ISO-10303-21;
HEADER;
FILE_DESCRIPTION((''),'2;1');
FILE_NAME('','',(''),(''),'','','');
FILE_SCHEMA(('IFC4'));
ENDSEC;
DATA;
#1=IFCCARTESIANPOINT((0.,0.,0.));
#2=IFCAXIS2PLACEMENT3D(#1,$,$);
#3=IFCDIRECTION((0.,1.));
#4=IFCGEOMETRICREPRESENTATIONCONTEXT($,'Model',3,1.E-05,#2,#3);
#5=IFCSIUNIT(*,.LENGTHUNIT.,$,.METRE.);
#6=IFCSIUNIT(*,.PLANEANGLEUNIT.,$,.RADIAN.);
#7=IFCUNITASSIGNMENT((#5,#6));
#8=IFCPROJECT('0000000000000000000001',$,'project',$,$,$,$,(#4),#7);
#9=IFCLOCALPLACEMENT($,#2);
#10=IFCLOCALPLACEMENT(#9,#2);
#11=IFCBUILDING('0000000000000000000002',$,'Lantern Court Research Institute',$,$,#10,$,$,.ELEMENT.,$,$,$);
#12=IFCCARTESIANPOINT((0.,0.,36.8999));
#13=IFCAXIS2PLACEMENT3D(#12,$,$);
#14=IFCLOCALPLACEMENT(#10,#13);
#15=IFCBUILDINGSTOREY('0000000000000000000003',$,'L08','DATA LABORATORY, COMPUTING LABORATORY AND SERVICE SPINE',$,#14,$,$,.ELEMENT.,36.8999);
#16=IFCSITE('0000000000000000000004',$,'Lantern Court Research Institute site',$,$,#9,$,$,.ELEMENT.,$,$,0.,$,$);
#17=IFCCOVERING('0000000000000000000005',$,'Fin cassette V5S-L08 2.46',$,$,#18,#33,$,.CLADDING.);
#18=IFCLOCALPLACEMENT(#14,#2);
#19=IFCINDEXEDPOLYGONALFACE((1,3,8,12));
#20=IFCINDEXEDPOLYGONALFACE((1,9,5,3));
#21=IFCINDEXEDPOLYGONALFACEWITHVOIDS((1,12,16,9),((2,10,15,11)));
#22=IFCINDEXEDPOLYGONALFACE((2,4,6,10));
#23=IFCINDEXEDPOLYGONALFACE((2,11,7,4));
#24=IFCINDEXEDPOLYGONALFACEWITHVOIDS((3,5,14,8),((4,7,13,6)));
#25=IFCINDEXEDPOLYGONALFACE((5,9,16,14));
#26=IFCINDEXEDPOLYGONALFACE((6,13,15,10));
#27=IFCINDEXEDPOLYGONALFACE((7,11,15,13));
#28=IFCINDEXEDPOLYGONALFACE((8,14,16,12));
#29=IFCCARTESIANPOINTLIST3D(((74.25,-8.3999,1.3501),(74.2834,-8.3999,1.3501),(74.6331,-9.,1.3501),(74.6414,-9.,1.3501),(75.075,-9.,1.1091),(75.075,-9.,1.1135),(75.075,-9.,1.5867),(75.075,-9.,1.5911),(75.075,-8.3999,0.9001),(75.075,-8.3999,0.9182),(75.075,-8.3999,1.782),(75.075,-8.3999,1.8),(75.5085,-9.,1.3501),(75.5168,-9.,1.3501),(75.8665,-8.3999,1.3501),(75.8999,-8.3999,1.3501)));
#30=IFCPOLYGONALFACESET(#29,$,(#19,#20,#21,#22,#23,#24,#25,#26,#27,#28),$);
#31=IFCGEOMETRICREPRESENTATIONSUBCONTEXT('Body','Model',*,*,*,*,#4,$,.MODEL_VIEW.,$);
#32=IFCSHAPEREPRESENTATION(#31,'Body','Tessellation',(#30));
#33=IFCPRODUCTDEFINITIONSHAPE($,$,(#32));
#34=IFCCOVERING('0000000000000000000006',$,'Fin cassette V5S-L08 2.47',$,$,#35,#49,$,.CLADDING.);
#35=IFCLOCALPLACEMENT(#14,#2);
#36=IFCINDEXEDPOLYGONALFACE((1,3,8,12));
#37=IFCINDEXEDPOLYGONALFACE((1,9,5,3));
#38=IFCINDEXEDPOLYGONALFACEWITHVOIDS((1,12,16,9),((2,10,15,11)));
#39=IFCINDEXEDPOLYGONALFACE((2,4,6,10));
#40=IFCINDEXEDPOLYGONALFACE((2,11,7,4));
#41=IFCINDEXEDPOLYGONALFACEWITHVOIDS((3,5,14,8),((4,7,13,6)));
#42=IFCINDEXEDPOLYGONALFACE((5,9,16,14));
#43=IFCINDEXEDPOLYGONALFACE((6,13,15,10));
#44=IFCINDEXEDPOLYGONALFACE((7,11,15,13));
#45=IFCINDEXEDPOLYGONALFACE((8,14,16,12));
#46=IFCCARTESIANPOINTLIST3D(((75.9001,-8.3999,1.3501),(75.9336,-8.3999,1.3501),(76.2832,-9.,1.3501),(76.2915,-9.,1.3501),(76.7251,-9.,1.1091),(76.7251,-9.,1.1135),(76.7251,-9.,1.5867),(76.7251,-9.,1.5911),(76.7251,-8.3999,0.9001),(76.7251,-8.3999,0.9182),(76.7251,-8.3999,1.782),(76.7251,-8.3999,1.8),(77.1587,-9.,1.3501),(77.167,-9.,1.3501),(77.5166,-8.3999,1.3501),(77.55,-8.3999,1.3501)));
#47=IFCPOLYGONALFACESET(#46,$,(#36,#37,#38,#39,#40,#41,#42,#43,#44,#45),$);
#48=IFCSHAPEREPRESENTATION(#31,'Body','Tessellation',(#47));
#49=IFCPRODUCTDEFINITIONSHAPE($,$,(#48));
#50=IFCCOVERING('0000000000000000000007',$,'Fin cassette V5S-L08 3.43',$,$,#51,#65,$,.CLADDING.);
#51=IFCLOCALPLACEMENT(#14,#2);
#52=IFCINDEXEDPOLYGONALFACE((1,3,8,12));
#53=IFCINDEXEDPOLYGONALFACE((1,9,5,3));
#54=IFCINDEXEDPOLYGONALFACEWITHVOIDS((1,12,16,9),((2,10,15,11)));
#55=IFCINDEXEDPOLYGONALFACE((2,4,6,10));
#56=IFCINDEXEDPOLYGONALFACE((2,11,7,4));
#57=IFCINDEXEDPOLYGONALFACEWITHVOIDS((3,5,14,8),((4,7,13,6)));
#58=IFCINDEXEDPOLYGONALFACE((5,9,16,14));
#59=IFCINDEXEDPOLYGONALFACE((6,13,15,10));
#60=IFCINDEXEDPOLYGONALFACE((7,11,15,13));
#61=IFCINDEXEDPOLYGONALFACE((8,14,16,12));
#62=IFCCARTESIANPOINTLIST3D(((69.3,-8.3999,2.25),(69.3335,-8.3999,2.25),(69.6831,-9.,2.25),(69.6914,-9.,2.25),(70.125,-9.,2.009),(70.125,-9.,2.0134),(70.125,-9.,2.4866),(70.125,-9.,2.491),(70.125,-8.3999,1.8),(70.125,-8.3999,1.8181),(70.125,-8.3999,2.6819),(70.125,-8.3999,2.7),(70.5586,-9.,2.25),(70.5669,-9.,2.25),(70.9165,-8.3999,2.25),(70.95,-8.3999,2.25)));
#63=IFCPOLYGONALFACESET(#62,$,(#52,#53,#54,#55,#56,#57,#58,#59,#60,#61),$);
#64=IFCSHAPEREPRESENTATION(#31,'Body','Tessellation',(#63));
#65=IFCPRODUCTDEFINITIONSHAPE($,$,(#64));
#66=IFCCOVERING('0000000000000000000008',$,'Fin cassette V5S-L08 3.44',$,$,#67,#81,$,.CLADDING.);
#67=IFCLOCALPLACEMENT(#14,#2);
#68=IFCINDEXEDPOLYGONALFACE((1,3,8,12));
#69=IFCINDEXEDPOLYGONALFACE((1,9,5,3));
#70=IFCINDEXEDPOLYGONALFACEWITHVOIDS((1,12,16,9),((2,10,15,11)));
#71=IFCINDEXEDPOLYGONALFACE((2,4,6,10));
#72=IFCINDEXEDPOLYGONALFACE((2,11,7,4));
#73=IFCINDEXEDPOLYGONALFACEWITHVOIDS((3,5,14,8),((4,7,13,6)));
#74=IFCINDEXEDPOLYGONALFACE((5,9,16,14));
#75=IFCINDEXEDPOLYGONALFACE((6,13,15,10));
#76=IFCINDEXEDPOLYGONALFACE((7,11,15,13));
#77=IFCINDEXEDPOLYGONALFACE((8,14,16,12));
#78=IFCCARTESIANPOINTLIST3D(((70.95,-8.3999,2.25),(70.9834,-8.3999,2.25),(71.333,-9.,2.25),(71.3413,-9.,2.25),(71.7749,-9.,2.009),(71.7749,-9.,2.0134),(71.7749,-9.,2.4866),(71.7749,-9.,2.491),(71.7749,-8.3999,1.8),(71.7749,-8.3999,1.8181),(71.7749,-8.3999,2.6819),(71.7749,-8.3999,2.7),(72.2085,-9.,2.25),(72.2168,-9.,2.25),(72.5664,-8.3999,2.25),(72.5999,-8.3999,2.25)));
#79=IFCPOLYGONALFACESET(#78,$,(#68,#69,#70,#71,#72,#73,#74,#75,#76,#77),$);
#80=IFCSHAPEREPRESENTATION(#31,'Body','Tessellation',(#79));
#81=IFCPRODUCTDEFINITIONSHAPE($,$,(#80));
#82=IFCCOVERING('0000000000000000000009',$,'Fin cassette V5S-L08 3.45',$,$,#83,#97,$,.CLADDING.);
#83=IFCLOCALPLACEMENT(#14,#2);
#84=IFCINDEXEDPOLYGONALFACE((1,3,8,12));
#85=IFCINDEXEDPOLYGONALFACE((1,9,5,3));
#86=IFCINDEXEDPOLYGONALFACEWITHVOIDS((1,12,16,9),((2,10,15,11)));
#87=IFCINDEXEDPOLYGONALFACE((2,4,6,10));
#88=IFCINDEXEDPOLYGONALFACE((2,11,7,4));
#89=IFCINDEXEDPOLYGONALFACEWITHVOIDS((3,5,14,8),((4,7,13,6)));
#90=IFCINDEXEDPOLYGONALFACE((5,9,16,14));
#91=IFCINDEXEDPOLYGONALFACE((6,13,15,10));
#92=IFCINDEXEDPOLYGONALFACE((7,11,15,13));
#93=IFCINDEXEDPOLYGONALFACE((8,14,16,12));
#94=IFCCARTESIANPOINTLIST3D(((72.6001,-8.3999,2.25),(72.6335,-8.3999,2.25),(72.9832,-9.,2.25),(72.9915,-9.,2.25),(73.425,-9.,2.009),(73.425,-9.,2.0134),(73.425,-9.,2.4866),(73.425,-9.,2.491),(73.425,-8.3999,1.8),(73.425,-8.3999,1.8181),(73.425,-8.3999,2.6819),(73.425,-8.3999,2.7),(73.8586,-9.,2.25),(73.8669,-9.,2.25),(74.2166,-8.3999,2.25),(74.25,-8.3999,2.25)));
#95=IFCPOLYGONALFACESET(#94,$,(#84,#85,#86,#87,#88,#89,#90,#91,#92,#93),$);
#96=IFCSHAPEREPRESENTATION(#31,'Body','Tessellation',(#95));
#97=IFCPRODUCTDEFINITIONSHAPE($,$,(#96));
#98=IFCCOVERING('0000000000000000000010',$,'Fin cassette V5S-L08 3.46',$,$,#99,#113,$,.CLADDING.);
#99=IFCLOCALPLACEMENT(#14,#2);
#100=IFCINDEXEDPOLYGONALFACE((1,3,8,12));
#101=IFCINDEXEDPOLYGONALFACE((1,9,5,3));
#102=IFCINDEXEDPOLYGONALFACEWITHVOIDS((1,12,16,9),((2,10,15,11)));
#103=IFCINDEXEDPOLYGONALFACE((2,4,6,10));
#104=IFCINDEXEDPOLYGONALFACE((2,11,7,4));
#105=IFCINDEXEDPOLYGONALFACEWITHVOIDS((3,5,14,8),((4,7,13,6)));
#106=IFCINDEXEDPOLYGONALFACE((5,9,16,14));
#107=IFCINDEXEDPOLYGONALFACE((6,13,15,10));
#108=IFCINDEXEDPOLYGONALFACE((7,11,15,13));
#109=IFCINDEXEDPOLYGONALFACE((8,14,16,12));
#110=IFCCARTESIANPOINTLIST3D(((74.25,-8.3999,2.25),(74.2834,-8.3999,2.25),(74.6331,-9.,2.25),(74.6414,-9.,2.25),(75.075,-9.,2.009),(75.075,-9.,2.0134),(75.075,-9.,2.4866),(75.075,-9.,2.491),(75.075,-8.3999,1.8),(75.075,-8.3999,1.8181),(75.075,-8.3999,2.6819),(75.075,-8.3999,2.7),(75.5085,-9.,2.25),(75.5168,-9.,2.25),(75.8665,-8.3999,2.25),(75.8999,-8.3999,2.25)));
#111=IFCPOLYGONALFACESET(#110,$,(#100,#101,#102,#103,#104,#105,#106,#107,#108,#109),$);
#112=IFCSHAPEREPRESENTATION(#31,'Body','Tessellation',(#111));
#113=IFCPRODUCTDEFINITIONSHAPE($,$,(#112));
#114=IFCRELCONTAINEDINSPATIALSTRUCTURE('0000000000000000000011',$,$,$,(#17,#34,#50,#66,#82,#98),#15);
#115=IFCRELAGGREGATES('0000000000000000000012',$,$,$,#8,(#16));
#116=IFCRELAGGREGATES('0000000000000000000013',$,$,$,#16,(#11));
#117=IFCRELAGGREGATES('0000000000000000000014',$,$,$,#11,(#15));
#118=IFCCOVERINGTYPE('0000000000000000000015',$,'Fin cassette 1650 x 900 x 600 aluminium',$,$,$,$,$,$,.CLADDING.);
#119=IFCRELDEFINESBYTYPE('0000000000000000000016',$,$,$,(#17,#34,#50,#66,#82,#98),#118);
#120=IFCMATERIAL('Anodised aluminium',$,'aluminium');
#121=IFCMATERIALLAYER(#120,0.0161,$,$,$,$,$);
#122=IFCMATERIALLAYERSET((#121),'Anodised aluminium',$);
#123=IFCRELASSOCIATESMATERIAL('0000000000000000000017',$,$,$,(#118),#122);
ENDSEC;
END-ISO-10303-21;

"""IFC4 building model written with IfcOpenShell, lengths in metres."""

from ifc_helpers import new_model, entity, si_unit, direction, frame, origin, place, context, subcontext, project, spatial, material, layer, layer_set, type_object, element, save


model = new_model("IFC4")

# Units and contexts
model_context = context("Model", 3, precision=1e-05, world=origin(), true_north=direction((0.0, 1.0)))
body_context = subcontext(model_context, "Body", "Model", "MODEL_VIEW")
ifc_project = project(units=[si_unit("LENGTHUNIT", "METRE"), si_unit("PLANEANGLEUNIT", "RADIAN")], contexts=[model_context])

# Site, building, storey
site_placement = place(None, origin())
site = spatial("IfcSite", under=ifc_project, at=site_placement, Name="Lantern Court Research Institute site", CompositionType="ELEMENT", RefElevation=0.0)
building_placement = place(site_placement, origin())
building = spatial("IfcBuilding", under=site, at=building_placement, Name="Lantern Court Research Institute", CompositionType="ELEMENT")
storey_placement = place(building_placement, frame((0.0, 0.0, 36.8999)))
storey = spatial("IfcBuildingStorey", under=building, at=storey_placement, Name="L08", Description="DATA LABORATORY, COMPUTING LABORATORY AND SERVICE SPINE", CompositionType="ELEMENT", Elevation=36.8999)

# Coverings
ifc_material = material(Name="Anodised aluminium", Category="aluminium")
ifc_layer = layer(ifc_material, 0.0161)
ifc_layer_set = layer_set([ifc_layer], Name="Anodised aluminium")
covering_type = type_object("IfcCoveringType", Name="Fin cassette 1650 x 900 x 600 aluminium", PredefinedType="CLADDING", material=ifc_layer_set)
covering_1_placement = place(storey_placement, frame((75.075, -8.3999, 1.3501), z_axis=(0.0, -1.0, 0.0), x_axis=(1.0, 0.0, 0.0)))
cartesian_point_1 = entity("IfcCartesianPoint", [0.825, 0.0])
cartesian_point_2 = entity("IfcCartesianPoint", [0.7915, 0.0])
cartesian_point_3 = entity("IfcCartesianPoint", [0.4419, 0.0])
cartesian_point_4 = entity("IfcCartesianPoint", [0.4336, 0.0])
element("IfcCovering", 1, at=covering_1_placement, inside=storey, type_object=covering_type, Name="Fin cassette V5S-L08 2.46", PredefinedType="CLADDING", context=body_context, shape_type="SweptSolid", body=[
    entity("IfcExtrudedAreaSolidTapered", entity("IfcArbitraryProfileDefWithVoids", "AREA", None, entity("IfcPolyline", [cartesian_point_1, entity("IfcCartesianPoint", [0.0, 0.45]), entity("IfcCartesianPoint", [-0.825, 0.0]), entity("IfcCartesianPoint", [0.0, -0.45]), cartesian_point_1]), [entity("IfcPolyline", [cartesian_point_2, entity("IfcCartesianPoint", [0.0, 0.4319]), entity("IfcCartesianPoint", [-0.7915, 0.0]), entity("IfcCartesianPoint", [0.0, -0.4319]), cartesian_point_2])]), entity("IfcAxis2Placement3D", entity("IfcCartesianPoint", [0.0, 0.0, 0.0])), entity("IfcDirection", [0.0, 0.0, 1.0]), 0.6001, entity("IfcArbitraryProfileDefWithVoids", "AREA", None, entity("IfcPolyline", [cartesian_point_3, entity("IfcCartesianPoint", [0.0, 0.241]), entity("IfcCartesianPoint", [-0.4419, 0.0]), entity("IfcCartesianPoint", [0.0, -0.241]), cartesian_point_3]), [entity("IfcPolyline", [cartesian_point_4, entity("IfcCartesianPoint", [0.0, 0.2366]), entity("IfcCartesianPoint", [-0.4336, 0.0]), entity("IfcCartesianPoint", [0.0, -0.2366]), cartesian_point_4])])),
])
covering_2_placement = place(storey_placement, frame((76.7251, -8.3999, 1.3501), z_axis=(0.0, -1.0, 0.0), x_axis=(1.0, 0.0, 0.0)))
cartesian_point_5 = entity("IfcCartesianPoint", [0.825, 0.0])
cartesian_point_6 = entity("IfcCartesianPoint", [0.7915, 0.0])
cartesian_point_7 = entity("IfcCartesianPoint", [0.4419, 0.0])
cartesian_point_8 = entity("IfcCartesianPoint", [0.4336, 0.0])
element("IfcCovering", 2, at=covering_2_placement, inside=storey, type_object=covering_type, Name="Fin cassette V5S-L08 2.47", PredefinedType="CLADDING", context=body_context, shape_type="SweptSolid", body=[
    entity("IfcExtrudedAreaSolidTapered", entity("IfcArbitraryProfileDefWithVoids", "AREA", None, entity("IfcPolyline", [cartesian_point_5, entity("IfcCartesianPoint", [0.0, 0.45]), entity("IfcCartesianPoint", [-0.825, 0.0]), entity("IfcCartesianPoint", [0.0, -0.45]), cartesian_point_5]), [entity("IfcPolyline", [cartesian_point_6, entity("IfcCartesianPoint", [0.0, 0.4319]), entity("IfcCartesianPoint", [-0.7915, 0.0]), entity("IfcCartesianPoint", [0.0, -0.4319]), cartesian_point_6])]), entity("IfcAxis2Placement3D", entity("IfcCartesianPoint", [0.0, 0.0, 0.0])), entity("IfcDirection", [0.0, 0.0, 1.0]), 0.6001, entity("IfcArbitraryProfileDefWithVoids", "AREA", None, entity("IfcPolyline", [cartesian_point_7, entity("IfcCartesianPoint", [0.0, 0.241]), entity("IfcCartesianPoint", [-0.4419, 0.0]), entity("IfcCartesianPoint", [0.0, -0.241]), cartesian_point_7]), [entity("IfcPolyline", [cartesian_point_8, entity("IfcCartesianPoint", [0.0, 0.2366]), entity("IfcCartesianPoint", [-0.4336, 0.0]), entity("IfcCartesianPoint", [0.0, -0.2366]), cartesian_point_8])])),
])
covering_3_placement = place(storey_placement, frame((70.125, -8.3999, 2.25), z_axis=(0.0, -1.0, 0.0), x_axis=(1.0, 0.0, 0.0)))
cartesian_point_9 = entity("IfcCartesianPoint", [0.825, 0.0])
cartesian_point_10 = entity("IfcCartesianPoint", [0.7915, 0.0])
cartesian_point_11 = entity("IfcCartesianPoint", [0.4419, 0.0])
cartesian_point_12 = entity("IfcCartesianPoint", [0.4336, 0.0])
element("IfcCovering", 3, at=covering_3_placement, inside=storey, type_object=covering_type, Name="Fin cassette V5S-L08 3.43", PredefinedType="CLADDING", context=body_context, shape_type="SweptSolid", body=[
    entity("IfcExtrudedAreaSolidTapered", entity("IfcArbitraryProfileDefWithVoids", "AREA", None, entity("IfcPolyline", [cartesian_point_9, entity("IfcCartesianPoint", [0.0, 0.45]), entity("IfcCartesianPoint", [-0.825, 0.0]), entity("IfcCartesianPoint", [0.0, -0.45]), cartesian_point_9]), [entity("IfcPolyline", [cartesian_point_10, entity("IfcCartesianPoint", [0.0, 0.4319]), entity("IfcCartesianPoint", [-0.7915, 0.0]), entity("IfcCartesianPoint", [0.0, -0.4319]), cartesian_point_10])]), entity("IfcAxis2Placement3D", entity("IfcCartesianPoint", [0.0, 0.0, 0.0])), entity("IfcDirection", [0.0, 0.0, 1.0]), 0.6001, entity("IfcArbitraryProfileDefWithVoids", "AREA", None, entity("IfcPolyline", [cartesian_point_11, entity("IfcCartesianPoint", [0.0, 0.241]), entity("IfcCartesianPoint", [-0.4419, 0.0]), entity("IfcCartesianPoint", [0.0, -0.241]), cartesian_point_11]), [entity("IfcPolyline", [cartesian_point_12, entity("IfcCartesianPoint", [0.0, 0.2366]), entity("IfcCartesianPoint", [-0.4336, 0.0]), entity("IfcCartesianPoint", [0.0, -0.2366]), cartesian_point_12])])),
])
covering_4_placement = place(storey_placement, frame((71.7749, -8.3999, 2.25), z_axis=(0.0, -1.0, 0.0), x_axis=(1.0, 0.0, 0.0)))
cartesian_point_13 = entity("IfcCartesianPoint", [0.825, 0.0])
cartesian_point_14 = entity("IfcCartesianPoint", [0.7915, 0.0])
cartesian_point_15 = entity("IfcCartesianPoint", [0.4419, 0.0])
cartesian_point_16 = entity("IfcCartesianPoint", [0.4336, 0.0])
element("IfcCovering", 4, at=covering_4_placement, inside=storey, type_object=covering_type, Name="Fin cassette V5S-L08 3.44", PredefinedType="CLADDING", context=body_context, shape_type="SweptSolid", body=[
    entity("IfcExtrudedAreaSolidTapered", entity("IfcArbitraryProfileDefWithVoids", "AREA", None, entity("IfcPolyline", [cartesian_point_13, entity("IfcCartesianPoint", [0.0, 0.45]), entity("IfcCartesianPoint", [-0.825, 0.0]), entity("IfcCartesianPoint", [0.0, -0.45]), cartesian_point_13]), [entity("IfcPolyline", [cartesian_point_14, entity("IfcCartesianPoint", [0.0, 0.4319]), entity("IfcCartesianPoint", [-0.7915, 0.0]), entity("IfcCartesianPoint", [0.0, -0.4319]), cartesian_point_14])]), entity("IfcAxis2Placement3D", entity("IfcCartesianPoint", [0.0, 0.0, 0.0])), entity("IfcDirection", [0.0, 0.0, 1.0]), 0.6001, entity("IfcArbitraryProfileDefWithVoids", "AREA", None, entity("IfcPolyline", [cartesian_point_15, entity("IfcCartesianPoint", [0.0, 0.241]), entity("IfcCartesianPoint", [-0.4419, 0.0]), entity("IfcCartesianPoint", [0.0, -0.241]), cartesian_point_15]), [entity("IfcPolyline", [cartesian_point_16, entity("IfcCartesianPoint", [0.0, 0.2366]), entity("IfcCartesianPoint", [-0.4336, 0.0]), entity("IfcCartesianPoint", [0.0, -0.2366]), cartesian_point_16])])),
])
covering_5_placement = place(storey_placement, frame((73.425, -8.3999, 2.25), z_axis=(0.0, -1.0, 0.0), x_axis=(1.0, 0.0, 0.0)))
cartesian_point_17 = entity("IfcCartesianPoint", [0.825, 0.0])
cartesian_point_18 = entity("IfcCartesianPoint", [0.7915, 0.0])
cartesian_point_19 = entity("IfcCartesianPoint", [0.4419, 0.0])
cartesian_point_20 = entity("IfcCartesianPoint", [0.4336, 0.0])
element("IfcCovering", 5, at=covering_5_placement, inside=storey, type_object=covering_type, Name="Fin cassette V5S-L08 3.45", PredefinedType="CLADDING", context=body_context, shape_type="SweptSolid", body=[
    entity("IfcExtrudedAreaSolidTapered", entity("IfcArbitraryProfileDefWithVoids", "AREA", None, entity("IfcPolyline", [cartesian_point_17, entity("IfcCartesianPoint", [0.0, 0.45]), entity("IfcCartesianPoint", [-0.825, 0.0]), entity("IfcCartesianPoint", [0.0, -0.45]), cartesian_point_17]), [entity("IfcPolyline", [cartesian_point_18, entity("IfcCartesianPoint", [0.0, 0.4319]), entity("IfcCartesianPoint", [-0.7915, 0.0]), entity("IfcCartesianPoint", [0.0, -0.4319]), cartesian_point_18])]), entity("IfcAxis2Placement3D", entity("IfcCartesianPoint", [0.0, 0.0, 0.0])), entity("IfcDirection", [0.0, 0.0, 1.0]), 0.6001, entity("IfcArbitraryProfileDefWithVoids", "AREA", None, entity("IfcPolyline", [cartesian_point_19, entity("IfcCartesianPoint", [0.0, 0.241]), entity("IfcCartesianPoint", [-0.4419, 0.0]), entity("IfcCartesianPoint", [0.0, -0.241]), cartesian_point_19]), [entity("IfcPolyline", [cartesian_point_20, entity("IfcCartesianPoint", [0.0, 0.2366]), entity("IfcCartesianPoint", [-0.4336, 0.0]), entity("IfcCartesianPoint", [0.0, -0.2366]), cartesian_point_20])])),
])
covering_6_placement = place(storey_placement, frame((75.075, -8.3999, 2.25), z_axis=(0.0, -1.0, 0.0), x_axis=(1.0, 0.0, 0.0)))
cartesian_point_21 = entity("IfcCartesianPoint", [0.825, 0.0])
cartesian_point_22 = entity("IfcCartesianPoint", [0.7915, 0.0])
cartesian_point_23 = entity("IfcCartesianPoint", [0.4419, 0.0])
cartesian_point_24 = entity("IfcCartesianPoint", [0.4336, 0.0])
element("IfcCovering", 6, at=covering_6_placement, inside=storey, type_object=covering_type, Name="Fin cassette V5S-L08 3.46", PredefinedType="CLADDING", context=body_context, shape_type="SweptSolid", body=[
    entity("IfcExtrudedAreaSolidTapered", entity("IfcArbitraryProfileDefWithVoids", "AREA", None, entity("IfcPolyline", [cartesian_point_21, entity("IfcCartesianPoint", [0.0, 0.45]), entity("IfcCartesianPoint", [-0.825, 0.0]), entity("IfcCartesianPoint", [0.0, -0.45]), cartesian_point_21]), [entity("IfcPolyline", [cartesian_point_22, entity("IfcCartesianPoint", [0.0, 0.4319]), entity("IfcCartesianPoint", [-0.7915, 0.0]), entity("IfcCartesianPoint", [0.0, -0.4319]), cartesian_point_22])]), entity("IfcAxis2Placement3D", entity("IfcCartesianPoint", [0.0, 0.0, 0.0])), entity("IfcDirection", [0.0, 0.0, 1.0]), 0.6001, entity("IfcArbitraryProfileDefWithVoids", "AREA", None, entity("IfcPolyline", [cartesian_point_23, entity("IfcCartesianPoint", [0.0, 0.241]), entity("IfcCartesianPoint", [-0.4419, 0.0]), entity("IfcCartesianPoint", [0.0, -0.241]), cartesian_point_23]), [entity("IfcPolyline", [cartesian_point_24, entity("IfcCartesianPoint", [0.0, 0.2366]), entity("IfcCartesianPoint", [-0.4336, 0.0]), entity("IfcCartesianPoint", [0.0, -0.2366]), cartesian_point_24])])),
])

save(model, "model.ifc")
